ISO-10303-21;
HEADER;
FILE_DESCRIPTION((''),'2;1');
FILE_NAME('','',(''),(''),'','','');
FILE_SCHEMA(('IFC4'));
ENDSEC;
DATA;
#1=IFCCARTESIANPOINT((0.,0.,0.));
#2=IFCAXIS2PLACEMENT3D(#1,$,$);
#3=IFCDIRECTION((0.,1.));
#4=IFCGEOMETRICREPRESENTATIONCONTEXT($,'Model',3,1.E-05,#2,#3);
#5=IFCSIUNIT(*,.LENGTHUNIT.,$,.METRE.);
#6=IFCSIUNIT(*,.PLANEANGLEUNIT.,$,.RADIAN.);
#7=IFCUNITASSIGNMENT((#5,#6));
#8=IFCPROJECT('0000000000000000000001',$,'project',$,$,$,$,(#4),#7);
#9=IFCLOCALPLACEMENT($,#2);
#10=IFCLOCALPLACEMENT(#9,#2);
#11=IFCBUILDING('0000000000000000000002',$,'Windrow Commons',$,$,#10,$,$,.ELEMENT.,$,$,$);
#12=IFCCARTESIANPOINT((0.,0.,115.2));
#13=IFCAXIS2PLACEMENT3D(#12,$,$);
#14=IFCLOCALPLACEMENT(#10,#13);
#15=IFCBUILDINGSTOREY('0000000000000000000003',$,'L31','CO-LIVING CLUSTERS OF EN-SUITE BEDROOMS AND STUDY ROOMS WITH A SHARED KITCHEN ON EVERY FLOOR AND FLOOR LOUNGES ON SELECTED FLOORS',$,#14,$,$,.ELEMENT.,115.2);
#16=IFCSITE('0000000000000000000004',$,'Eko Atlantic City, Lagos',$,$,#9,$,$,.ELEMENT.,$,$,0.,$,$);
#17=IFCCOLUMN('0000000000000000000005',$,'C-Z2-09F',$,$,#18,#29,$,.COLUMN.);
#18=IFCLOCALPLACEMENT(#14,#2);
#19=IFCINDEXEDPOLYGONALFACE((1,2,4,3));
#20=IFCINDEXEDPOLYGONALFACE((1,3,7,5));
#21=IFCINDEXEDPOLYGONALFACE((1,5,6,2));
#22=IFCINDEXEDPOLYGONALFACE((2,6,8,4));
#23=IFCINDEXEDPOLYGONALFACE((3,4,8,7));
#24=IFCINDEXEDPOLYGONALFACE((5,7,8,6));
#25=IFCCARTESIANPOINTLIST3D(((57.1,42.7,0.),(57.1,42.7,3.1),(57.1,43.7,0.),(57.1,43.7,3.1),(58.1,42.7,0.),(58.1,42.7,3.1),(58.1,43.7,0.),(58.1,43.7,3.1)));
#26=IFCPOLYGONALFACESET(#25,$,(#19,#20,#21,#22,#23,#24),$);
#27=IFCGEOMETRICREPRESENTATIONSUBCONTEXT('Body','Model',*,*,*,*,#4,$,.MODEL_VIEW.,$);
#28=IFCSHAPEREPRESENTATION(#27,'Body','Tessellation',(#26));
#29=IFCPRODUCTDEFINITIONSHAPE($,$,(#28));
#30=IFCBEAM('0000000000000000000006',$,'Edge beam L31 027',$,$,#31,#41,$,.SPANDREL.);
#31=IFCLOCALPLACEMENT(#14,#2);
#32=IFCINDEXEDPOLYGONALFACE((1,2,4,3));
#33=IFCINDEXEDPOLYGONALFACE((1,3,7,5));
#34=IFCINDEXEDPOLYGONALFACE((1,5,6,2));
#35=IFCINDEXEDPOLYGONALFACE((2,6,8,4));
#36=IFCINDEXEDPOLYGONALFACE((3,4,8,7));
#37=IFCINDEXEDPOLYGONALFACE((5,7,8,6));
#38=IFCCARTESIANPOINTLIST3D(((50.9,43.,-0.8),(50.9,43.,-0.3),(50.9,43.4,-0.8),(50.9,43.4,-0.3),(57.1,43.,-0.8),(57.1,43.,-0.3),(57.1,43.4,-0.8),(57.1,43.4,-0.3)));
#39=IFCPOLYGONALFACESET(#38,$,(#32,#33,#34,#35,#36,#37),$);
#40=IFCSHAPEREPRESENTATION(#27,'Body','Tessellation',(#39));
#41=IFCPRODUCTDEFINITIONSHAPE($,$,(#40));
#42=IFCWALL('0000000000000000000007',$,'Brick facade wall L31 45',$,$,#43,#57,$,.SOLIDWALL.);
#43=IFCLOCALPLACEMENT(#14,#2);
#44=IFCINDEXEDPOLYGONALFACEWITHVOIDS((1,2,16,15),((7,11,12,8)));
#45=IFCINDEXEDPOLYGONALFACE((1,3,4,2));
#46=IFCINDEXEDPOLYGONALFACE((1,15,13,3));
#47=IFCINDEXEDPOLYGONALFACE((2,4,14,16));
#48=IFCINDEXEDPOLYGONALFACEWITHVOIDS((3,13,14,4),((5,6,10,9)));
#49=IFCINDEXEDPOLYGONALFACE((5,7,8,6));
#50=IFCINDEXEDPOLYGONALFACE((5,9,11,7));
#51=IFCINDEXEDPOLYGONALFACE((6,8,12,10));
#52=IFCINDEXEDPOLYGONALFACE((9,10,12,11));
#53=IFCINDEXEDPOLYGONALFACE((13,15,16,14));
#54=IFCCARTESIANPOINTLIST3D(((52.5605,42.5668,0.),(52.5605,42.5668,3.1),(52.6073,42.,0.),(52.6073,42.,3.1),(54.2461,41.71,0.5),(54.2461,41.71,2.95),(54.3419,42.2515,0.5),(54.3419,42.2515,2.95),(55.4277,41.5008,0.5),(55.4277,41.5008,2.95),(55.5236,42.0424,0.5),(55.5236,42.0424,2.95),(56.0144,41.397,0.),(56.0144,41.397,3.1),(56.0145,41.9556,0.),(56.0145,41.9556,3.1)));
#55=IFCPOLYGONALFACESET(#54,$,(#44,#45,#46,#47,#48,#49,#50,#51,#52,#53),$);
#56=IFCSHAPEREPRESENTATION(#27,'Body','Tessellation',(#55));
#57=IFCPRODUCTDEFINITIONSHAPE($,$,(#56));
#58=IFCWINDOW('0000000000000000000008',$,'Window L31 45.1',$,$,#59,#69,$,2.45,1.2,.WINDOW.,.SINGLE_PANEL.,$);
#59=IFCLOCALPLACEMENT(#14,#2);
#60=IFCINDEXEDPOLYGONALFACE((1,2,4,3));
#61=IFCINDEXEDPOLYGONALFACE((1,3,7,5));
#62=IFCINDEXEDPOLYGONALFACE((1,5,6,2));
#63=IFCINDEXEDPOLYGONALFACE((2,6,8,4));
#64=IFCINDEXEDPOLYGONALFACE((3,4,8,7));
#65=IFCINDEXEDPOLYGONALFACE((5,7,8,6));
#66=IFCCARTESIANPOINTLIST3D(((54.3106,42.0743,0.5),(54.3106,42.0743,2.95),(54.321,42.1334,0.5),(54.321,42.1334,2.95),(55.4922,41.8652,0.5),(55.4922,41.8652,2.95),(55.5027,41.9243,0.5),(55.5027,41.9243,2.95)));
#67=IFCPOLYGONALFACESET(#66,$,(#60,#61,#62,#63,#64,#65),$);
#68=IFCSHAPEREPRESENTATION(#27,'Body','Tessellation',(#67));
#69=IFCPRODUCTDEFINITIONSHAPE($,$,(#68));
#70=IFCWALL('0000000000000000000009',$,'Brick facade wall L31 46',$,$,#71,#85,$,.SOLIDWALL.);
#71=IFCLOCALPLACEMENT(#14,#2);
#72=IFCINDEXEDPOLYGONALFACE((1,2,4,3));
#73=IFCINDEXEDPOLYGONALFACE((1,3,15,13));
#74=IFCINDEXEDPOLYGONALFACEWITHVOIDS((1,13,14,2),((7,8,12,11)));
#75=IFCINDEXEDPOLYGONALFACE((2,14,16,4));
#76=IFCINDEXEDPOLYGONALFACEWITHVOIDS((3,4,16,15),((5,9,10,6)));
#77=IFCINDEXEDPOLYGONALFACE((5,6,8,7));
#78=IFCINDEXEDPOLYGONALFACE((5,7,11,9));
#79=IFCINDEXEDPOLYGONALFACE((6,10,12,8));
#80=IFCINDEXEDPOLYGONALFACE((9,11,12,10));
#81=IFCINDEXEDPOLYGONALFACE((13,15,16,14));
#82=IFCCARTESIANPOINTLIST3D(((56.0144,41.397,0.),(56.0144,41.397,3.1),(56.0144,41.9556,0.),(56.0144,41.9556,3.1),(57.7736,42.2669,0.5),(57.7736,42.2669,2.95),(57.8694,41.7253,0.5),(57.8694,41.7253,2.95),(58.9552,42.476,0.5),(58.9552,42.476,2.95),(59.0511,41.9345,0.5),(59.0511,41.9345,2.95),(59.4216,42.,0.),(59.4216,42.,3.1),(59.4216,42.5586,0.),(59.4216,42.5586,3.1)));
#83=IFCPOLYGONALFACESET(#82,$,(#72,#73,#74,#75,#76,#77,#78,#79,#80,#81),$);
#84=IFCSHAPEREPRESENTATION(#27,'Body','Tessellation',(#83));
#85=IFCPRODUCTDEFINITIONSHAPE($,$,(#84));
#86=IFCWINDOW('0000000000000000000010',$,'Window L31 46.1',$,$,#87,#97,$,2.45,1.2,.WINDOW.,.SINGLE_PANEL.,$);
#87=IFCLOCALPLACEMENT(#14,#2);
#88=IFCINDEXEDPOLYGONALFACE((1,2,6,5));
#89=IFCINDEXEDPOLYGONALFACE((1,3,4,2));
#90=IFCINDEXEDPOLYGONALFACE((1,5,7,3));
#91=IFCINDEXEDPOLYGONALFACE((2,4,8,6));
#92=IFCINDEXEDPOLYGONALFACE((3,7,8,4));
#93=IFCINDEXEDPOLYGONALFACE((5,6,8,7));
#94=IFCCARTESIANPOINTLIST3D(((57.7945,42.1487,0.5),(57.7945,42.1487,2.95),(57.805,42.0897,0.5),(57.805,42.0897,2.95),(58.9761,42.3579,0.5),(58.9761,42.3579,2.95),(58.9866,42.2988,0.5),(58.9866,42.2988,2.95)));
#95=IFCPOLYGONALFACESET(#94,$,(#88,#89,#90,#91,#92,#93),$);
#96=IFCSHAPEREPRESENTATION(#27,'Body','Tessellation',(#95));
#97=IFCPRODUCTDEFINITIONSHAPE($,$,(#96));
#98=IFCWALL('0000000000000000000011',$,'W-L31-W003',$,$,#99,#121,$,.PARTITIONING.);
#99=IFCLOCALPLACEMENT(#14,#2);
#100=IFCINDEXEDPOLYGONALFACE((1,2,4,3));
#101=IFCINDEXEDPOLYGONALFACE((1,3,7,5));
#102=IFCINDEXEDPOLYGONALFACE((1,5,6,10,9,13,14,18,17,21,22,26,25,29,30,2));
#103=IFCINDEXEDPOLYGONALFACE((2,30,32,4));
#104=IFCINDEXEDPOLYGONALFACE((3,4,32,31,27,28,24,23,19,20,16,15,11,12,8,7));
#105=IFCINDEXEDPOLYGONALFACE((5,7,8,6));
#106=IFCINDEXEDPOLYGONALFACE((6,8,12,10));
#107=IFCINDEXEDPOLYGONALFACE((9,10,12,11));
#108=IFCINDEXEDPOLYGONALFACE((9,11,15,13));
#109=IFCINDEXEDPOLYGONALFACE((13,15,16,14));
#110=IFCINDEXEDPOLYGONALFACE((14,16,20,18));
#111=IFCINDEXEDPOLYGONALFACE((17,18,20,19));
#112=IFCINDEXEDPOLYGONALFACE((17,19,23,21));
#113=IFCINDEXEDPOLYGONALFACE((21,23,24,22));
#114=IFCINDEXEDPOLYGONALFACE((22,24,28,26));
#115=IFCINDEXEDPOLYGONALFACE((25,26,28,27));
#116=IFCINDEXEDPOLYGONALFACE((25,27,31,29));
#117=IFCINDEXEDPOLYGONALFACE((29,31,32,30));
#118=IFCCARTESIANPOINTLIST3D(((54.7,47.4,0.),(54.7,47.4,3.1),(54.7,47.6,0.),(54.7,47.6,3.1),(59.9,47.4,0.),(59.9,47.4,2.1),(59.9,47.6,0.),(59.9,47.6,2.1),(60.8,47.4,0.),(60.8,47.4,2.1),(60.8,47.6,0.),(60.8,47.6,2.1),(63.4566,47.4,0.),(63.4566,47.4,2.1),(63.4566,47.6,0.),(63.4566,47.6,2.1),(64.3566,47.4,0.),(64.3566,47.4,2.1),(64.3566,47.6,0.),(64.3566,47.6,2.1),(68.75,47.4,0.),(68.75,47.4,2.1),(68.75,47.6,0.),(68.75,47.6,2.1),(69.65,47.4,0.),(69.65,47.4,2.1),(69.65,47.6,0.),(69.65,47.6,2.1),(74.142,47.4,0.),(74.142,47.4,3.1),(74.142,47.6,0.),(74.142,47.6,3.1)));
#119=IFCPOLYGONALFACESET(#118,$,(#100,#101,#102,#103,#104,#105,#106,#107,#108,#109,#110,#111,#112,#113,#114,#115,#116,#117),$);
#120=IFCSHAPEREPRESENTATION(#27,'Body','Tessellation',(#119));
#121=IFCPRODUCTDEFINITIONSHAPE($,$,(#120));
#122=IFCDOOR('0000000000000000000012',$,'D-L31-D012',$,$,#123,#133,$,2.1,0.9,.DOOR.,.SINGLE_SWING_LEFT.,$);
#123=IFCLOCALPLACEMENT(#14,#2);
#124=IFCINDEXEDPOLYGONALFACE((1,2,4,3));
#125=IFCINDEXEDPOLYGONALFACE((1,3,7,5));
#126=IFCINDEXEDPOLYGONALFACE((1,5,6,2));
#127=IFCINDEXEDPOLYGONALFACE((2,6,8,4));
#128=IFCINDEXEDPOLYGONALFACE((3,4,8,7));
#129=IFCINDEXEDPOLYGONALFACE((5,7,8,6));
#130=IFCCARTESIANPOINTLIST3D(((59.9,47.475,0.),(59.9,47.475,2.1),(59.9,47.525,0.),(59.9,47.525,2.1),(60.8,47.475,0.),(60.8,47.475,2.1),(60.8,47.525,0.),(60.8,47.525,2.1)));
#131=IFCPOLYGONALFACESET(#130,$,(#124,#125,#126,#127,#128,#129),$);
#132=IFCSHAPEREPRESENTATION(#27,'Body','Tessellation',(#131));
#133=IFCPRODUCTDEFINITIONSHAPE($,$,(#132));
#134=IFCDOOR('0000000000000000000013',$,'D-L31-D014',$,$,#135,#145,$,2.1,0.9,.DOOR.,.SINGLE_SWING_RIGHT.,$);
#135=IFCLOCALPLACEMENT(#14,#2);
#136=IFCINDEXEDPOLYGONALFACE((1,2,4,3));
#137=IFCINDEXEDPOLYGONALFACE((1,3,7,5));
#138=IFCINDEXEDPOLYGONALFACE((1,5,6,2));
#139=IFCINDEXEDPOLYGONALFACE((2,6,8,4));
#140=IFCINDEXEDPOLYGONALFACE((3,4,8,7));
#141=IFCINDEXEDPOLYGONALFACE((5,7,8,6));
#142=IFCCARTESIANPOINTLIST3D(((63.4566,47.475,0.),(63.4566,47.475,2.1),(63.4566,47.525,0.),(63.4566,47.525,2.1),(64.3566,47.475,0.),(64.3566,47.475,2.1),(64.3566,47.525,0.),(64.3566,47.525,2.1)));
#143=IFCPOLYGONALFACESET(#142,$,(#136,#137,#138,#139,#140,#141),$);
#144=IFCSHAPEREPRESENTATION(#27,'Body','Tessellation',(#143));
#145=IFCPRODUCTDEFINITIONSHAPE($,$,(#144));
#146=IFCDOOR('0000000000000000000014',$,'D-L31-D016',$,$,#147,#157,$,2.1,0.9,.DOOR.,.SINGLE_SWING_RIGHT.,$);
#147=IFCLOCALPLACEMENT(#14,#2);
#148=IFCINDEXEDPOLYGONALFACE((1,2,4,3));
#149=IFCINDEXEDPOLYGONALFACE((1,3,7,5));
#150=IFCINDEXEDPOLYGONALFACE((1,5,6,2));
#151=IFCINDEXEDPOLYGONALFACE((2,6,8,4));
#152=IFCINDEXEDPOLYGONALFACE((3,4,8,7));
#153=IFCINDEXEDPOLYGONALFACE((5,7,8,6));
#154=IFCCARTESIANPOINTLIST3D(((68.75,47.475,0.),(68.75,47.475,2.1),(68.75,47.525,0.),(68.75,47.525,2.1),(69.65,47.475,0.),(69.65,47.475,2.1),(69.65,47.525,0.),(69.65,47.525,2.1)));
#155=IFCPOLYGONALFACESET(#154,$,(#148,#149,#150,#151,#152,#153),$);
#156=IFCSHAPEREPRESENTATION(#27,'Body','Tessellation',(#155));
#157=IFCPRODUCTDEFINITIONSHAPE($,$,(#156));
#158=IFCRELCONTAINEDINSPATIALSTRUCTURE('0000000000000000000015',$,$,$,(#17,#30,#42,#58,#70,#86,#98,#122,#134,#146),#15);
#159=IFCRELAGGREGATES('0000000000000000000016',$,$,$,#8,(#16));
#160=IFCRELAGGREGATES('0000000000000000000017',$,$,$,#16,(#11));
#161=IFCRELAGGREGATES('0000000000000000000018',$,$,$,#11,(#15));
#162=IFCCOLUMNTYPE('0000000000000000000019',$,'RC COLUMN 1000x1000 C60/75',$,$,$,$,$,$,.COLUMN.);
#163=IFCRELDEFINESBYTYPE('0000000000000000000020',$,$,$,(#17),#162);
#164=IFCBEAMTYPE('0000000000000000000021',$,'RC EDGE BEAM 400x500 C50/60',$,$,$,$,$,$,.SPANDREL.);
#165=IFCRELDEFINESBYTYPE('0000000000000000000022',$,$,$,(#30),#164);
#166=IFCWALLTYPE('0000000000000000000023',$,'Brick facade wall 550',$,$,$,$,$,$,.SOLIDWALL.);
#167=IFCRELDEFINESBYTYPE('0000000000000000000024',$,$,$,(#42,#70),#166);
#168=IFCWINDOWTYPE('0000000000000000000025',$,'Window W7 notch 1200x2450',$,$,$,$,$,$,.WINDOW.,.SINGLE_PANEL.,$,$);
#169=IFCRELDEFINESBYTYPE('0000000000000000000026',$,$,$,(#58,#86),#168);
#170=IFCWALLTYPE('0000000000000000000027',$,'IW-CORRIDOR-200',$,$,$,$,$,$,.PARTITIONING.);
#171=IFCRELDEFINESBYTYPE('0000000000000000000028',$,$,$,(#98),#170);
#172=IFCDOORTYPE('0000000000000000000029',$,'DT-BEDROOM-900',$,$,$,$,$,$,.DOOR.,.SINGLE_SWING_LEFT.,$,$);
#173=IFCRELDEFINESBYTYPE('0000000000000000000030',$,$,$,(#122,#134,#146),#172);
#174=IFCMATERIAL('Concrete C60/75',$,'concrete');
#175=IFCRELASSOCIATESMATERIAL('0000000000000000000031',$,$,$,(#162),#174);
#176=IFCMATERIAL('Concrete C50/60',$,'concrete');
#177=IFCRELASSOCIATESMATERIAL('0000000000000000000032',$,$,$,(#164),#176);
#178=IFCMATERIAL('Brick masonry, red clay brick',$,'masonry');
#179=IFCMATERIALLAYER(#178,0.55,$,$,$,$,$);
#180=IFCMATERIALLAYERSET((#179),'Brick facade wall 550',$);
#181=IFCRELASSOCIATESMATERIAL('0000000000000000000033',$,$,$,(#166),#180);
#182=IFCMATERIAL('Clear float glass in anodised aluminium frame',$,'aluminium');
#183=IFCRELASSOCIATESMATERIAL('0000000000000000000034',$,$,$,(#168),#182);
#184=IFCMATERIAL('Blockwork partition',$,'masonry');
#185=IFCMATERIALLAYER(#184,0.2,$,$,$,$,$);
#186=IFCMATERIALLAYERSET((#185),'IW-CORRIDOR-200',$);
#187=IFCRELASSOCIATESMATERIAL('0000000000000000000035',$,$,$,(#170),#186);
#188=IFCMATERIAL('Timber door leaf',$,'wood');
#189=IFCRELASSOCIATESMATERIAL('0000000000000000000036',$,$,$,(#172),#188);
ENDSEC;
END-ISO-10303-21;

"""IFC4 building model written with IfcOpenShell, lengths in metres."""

from ifc_helpers import new_model, si_unit, direction, frame, frame_2d, origin, origin_2d, place, context, subcontext, project, spatial, polyline, rectangle, outline, extrude, material, layer, layer_set, material_profile, profile_set, type_object, element, fill, save


model = new_model("IFC4")

# Units and contexts
model_context = context("Model", 3, precision=1e-05, world=origin(), true_north=direction((0.0, 1.0)))
body_context = subcontext(model_context, "Body", "Model", "MODEL_VIEW")
ifc_project = project(units=[si_unit("LENGTHUNIT", "METRE"), si_unit("PLANEANGLEUNIT", "RADIAN")], contexts=[model_context])

# Site, building, storey
site_placement = place(None, origin())
site = spatial("IfcSite", under=ifc_project, at=site_placement, Name="Eko Atlantic City, Lagos", CompositionType="ELEMENT", RefElevation=0.0)
building_placement = place(site_placement, origin())
building = spatial("IfcBuilding", under=site, at=building_placement, Name="Windrow Commons", CompositionType="ELEMENT")
storey_placement = place(building_placement, frame((0.0, 0.0, 115.2)))
storey = spatial("IfcBuildingStorey", under=building, at=storey_placement, Name="L31", Description="CO-LIVING CLUSTERS OF EN-SUITE BEDROOMS AND STUDY ROOMS WITH A SHARED KITCHEN ON EVERY FLOOR AND FLOOR LOUNGES ON SELECTED FLOORS", CompositionType="ELEMENT", Elevation=115.2)

# Column
ifc_material_1 = material(Name="Concrete C60/75", Category="concrete")
ifc_material_profile_1 = material_profile(ifc_material_1, rectangle(XDim=1.0, YDim=1.0, at=origin_2d()))
ifc_profile_set_1 = profile_set([ifc_material_profile_1], Name="Concrete C60/75")
column_type = type_object("IfcColumnType", Name="RC COLUMN 1000x1000 C60/75", PredefinedType="COLUMN", material=ifc_profile_set_1)
column_placement = place(storey_placement, frame((57.6, 43.2, 0.0), z_axis=(0.0, 0.0, 1.0), x_axis=(1.0, 0.0, 0.0)))
element("IfcColumn", 1, at=column_placement, inside=storey, type_object=column_type, Name="C-Z2-09F", PredefinedType="COLUMN", context=body_context, shape_type="SweptSolid", body=[
    extrude(rectangle(XDim=1.0, YDim=1.0, at=origin_2d()), origin(), (0.0, 0.0, 1.0), 3.1),
])

# Beam
ifc_material_2 = material(Name="Concrete C50/60", Category="concrete")
ifc_material_profile_2 = material_profile(ifc_material_2, rectangle(XDim=0.4, YDim=0.5, at=origin_2d()))
ifc_profile_set_2 = profile_set([ifc_material_profile_2], Name="Concrete C50/60")
beam_type = type_object("IfcBeamType", Name="RC EDGE BEAM 400x500 C50/60", PredefinedType="SPANDREL", material=ifc_profile_set_2)
beam_placement = place(storey_placement, frame((57.1, 43.2, -0.55), z_axis=(-1.0, 0.0, 0.0), x_axis=(0.0, -1.0, 0.0)))
element("IfcBeam", 2, at=beam_placement, inside=storey, type_object=beam_type, Name="Edge beam L31 027", PredefinedType="SPANDREL", context=body_context, shape_type="SweptSolid", body=[
    extrude(rectangle(XDim=0.4, YDim=0.5, at=origin_2d()), origin(), (0.0, 0.0, 1.0), 6.2),
])

# Walls, openings, windows
ifc_material_3 = material(Name="Brick masonry, red clay brick", Category="masonry")
ifc_layer_1 = layer(ifc_material_3, 0.55)
ifc_layer_set_1 = layer_set([ifc_layer_1], Name="Brick facade wall 550")
wall_type_1 = type_object("IfcWallType", Name="Brick facade wall 550", PredefinedType="SOLIDWALL", material=ifc_layer_set_1)
wall_1_placement = place(storey_placement, frame((52.5839, 42.2834, 0.0), z_axis=(0.0, 0.0, 1.0), x_axis=(0.984699, -0.174263, 0.0)))
wall_1 = element("IfcWall", 3, at=wall_1_placement, inside=storey, type_object=wall_type_1, Name="Brick facade wall L31 45", PredefinedType="SOLIDWALL", context=body_context, shape_type="SweptSolid", body=[
    extrude(outline(polyline([(0.0724, -0.275), (3.5325, -0.275), (3.4352, 0.275), (-0.0724, 0.275), (0.0724, -0.275)])), origin(), (0.0, 0.0, 1.0), 3.1),
])
opening_1_placement = place(wall_1_placement, frame((1.7367, 0.0, 0.5)))
opening_1 = element("IfcOpeningElement", 4, at=opening_1_placement, cuts=wall_1, PredefinedType="OPENING", context=body_context, shape_type="SweptSolid", body=[
    extrude(rectangle(XDim=1.2, YDim=2.45, at=frame_2d((0.6, 1.225))), frame((0.0, 0.285, 0.0), z_axis=(0.0, -1.0, 0.0), x_axis=(1.0, 0.0, 0.0)), (0.0, 0.0, 1.0), 0.57),
])
ifc_material_4 = material(Name="Clear float glass in anodised aluminium frame", Category="aluminium")
window_type = type_object("IfcWindowType", Name="Window W7 notch 1200x2450", PartitioningType="SINGLE_PANEL", PredefinedType="WINDOW", material=ifc_material_4)
window_1_placement = place(opening_1_placement, origin())
window_1 = element("IfcWindow", 5, at=window_1_placement, inside=storey, type_object=window_type, Name="Window L31 45.1", OverallHeight=2.45, OverallWidth=1.2, PartitioningType="SINGLE_PANEL", PredefinedType="WINDOW", context=body_context, shape_type="SweptSolid", body=[
    extrude(rectangle(XDim=1.2, YDim=2.45, at=frame_2d((0.6, 1.225))), frame((0.0, 0.155, 0.0), z_axis=(0.0, -1.0, 0.0), x_axis=(1.0, 0.0, 0.0)), (0.0, 0.0, 1.0), 0.06),
])
fill(opening_1, window_1)
wall_2_placement = place(storey_placement, frame((56.0144, 41.6763, 0.0), z_axis=(0.0, 0.0, 1.0), x_axis=(0.984698, 0.17427, 0.0)))
wall_2 = element("IfcWall", 6, at=wall_2_placement, inside=storey, type_object=wall_type_1, Name="Brick facade wall L31 46", PredefinedType="SOLIDWALL", context=body_context, shape_type="SweptSolid", body=[
    extrude(outline(polyline([(-0.0487, -0.275), (3.4115, -0.275), (3.5088, 0.275), (0.0487, 0.275), (-0.0487, -0.275)])), origin(), (0.0, 0.0, 1.0), 3.1),
])
opening_2_placement = place(wall_2_placement, frame((1.8352, 0.0, 0.5)))
opening_2 = element("IfcOpeningElement", 7, at=opening_2_placement, cuts=wall_2, PredefinedType="OPENING", context=body_context, shape_type="SweptSolid", body=[
    extrude(rectangle(XDim=1.2, YDim=2.45, at=frame_2d((0.6, 1.225))), frame((0.0, 0.285, 0.0), z_axis=(0.0, -1.0, 0.0), x_axis=(1.0, 0.0, 0.0)), (0.0, 0.0, 1.0), 0.57),
])
window_2_placement = place(opening_2_placement, origin())
window_2 = element("IfcWindow", 8, at=window_2_placement, inside=storey, type_object=window_type, Name="Window L31 46.1", OverallHeight=2.45, OverallWidth=1.2, PartitioningType="SINGLE_PANEL", PredefinedType="WINDOW", context=body_context, shape_type="SweptSolid", body=[
    extrude(rectangle(XDim=1.2, YDim=2.45, at=frame_2d((0.6, 1.225))), frame((0.0, 0.155, 0.0), z_axis=(0.0, -1.0, 0.0), x_axis=(1.0, 0.0, 0.0)), (0.0, 0.0, 1.0), 0.06),
])
fill(opening_2, window_2)

# Wall, openings, doors
ifc_material_5 = material(Name="Blockwork partition", Category="masonry")
ifc_layer_2 = layer(ifc_material_5, 0.2)
ifc_layer_set_2 = layer_set([ifc_layer_2], Name="IW-CORRIDOR-200")
wall_type_2 = type_object("IfcWallType", Name="IW-CORRIDOR-200", PredefinedType="PARTITIONING", material=ifc_layer_set_2)
wall_3_placement = place(storey_placement, frame((54.7, 47.5, 0.0), z_axis=(0.0, 0.0, 1.0), x_axis=(1.0, 0.0, 0.0)))
wall_3 = element("IfcWall", 9, at=wall_3_placement, inside=storey, type_object=wall_type_2, Name="W-L31-W003", PredefinedType="PARTITIONING", context=body_context, shape_type="SweptSolid", body=[
    extrude(rectangle(XDim=19.442, YDim=0.2, at=frame_2d((9.721, 0.0))), origin(), (0.0, 0.0, 1.0), 3.1),
])
opening_3_placement = place(wall_3_placement, frame((5.2, 0.0, 0.0)))
opening_3 = element("IfcOpeningElement", 10, at=opening_3_placement, cuts=wall_3, PredefinedType="OPENING", context=body_context, shape_type="SweptSolid", body=[
    extrude(rectangle(XDim=0.9, YDim=2.1, at=frame_2d((0.45, 1.05))), frame((0.0, 0.11, 0.0), z_axis=(0.0, -1.0, 0.0), x_axis=(1.0, 0.0, 0.0)), (0.0, 0.0, 1.0), 0.22),
])
opening_4_placement = place(wall_3_placement, frame((8.7566, 0.0, 0.0)))
opening_4 = element("IfcOpeningElement", 11, at=opening_4_placement, cuts=wall_3, PredefinedType="OPENING", context=body_context, shape_type="SweptSolid", body=[
    extrude(rectangle(XDim=0.9, YDim=2.1, at=frame_2d((0.45, 1.05))), frame((0.0, 0.11, 0.0), z_axis=(0.0, -1.0, 0.0), x_axis=(1.0, 0.0, 0.0)), (0.0, 0.0, 1.0), 0.22),
])
opening_5_placement = place(wall_3_placement, frame((14.05, 0.0, 0.0)))
opening_5 = element("IfcOpeningElement", 12, at=opening_5_placement, cuts=wall_3, PredefinedType="OPENING", context=body_context, shape_type="SweptSolid", body=[
    extrude(rectangle(XDim=0.9, YDim=2.1, at=frame_2d((0.45, 1.05))), frame((0.0, 0.11, 0.0), z_axis=(0.0, -1.0, 0.0), x_axis=(1.0, 0.0, 0.0)), (0.0, 0.0, 1.0), 0.22),
])
ifc_material_6 = material(Name="Timber door leaf", Category="wood")
door_type_1 = type_object("IfcDoorType", Name="DT-BEDROOM-900", OperationType="SINGLE_SWING_LEFT", PredefinedType="DOOR", material=ifc_material_6)
door_1_placement = place(opening_3_placement, origin())
door_1 = element("IfcDoor", 13, at=door_1_placement, inside=storey, type_object=door_type_1, Name="D-L31-D012", OperationType="SINGLE_SWING_LEFT", OverallHeight=2.1, OverallWidth=0.9, PredefinedType="DOOR", context=body_context, shape_type="SweptSolid", body=[
    extrude(rectangle(XDim=0.9, YDim=2.1, at=frame_2d((0.45, 1.05))), frame((0.0, 0.025, 0.0), z_axis=(0.0, -1.0, 0.0), x_axis=(1.0, 0.0, 0.0)), (0.0, 0.0, 1.0), 0.05),
])
fill(opening_3, door_1)
door_2_placement = place(opening_4_placement, origin())
door_2 = element("IfcDoor", 14, at=door_2_placement, inside=storey, type_object=door_type_1, Name="D-L31-D014", OperationType="SINGLE_SWING_RIGHT", OverallHeight=2.1, OverallWidth=0.9, PredefinedType="DOOR", context=body_context, shape_type="SweptSolid", body=[
    extrude(rectangle(XDim=0.9, YDim=2.1, at=frame_2d((0.45, 1.05))), frame((0.0, 0.025, 0.0), z_axis=(0.0, -1.0, 0.0), x_axis=(1.0, 0.0, 0.0)), (0.0, 0.0, 1.0), 0.05),
])
fill(opening_4, door_2)
door_3_placement = place(opening_5_placement, origin())
door_3 = element("IfcDoor", 15, at=door_3_placement, inside=storey, type_object=door_type_1, Name="D-L31-D016", OperationType="SINGLE_SWING_RIGHT", OverallHeight=2.1, OverallWidth=0.9, PredefinedType="DOOR", context=body_context, shape_type="SweptSolid", body=[
    extrude(rectangle(XDim=0.9, YDim=2.1, at=frame_2d((0.45, 1.05))), frame((0.0, 0.025, 0.0), z_axis=(0.0, -1.0, 0.0), x_axis=(1.0, 0.0, 0.0)), (0.0, 0.0, 1.0), 0.05),
])
fill(opening_5, door_3)

save(model, "model.ifc")
